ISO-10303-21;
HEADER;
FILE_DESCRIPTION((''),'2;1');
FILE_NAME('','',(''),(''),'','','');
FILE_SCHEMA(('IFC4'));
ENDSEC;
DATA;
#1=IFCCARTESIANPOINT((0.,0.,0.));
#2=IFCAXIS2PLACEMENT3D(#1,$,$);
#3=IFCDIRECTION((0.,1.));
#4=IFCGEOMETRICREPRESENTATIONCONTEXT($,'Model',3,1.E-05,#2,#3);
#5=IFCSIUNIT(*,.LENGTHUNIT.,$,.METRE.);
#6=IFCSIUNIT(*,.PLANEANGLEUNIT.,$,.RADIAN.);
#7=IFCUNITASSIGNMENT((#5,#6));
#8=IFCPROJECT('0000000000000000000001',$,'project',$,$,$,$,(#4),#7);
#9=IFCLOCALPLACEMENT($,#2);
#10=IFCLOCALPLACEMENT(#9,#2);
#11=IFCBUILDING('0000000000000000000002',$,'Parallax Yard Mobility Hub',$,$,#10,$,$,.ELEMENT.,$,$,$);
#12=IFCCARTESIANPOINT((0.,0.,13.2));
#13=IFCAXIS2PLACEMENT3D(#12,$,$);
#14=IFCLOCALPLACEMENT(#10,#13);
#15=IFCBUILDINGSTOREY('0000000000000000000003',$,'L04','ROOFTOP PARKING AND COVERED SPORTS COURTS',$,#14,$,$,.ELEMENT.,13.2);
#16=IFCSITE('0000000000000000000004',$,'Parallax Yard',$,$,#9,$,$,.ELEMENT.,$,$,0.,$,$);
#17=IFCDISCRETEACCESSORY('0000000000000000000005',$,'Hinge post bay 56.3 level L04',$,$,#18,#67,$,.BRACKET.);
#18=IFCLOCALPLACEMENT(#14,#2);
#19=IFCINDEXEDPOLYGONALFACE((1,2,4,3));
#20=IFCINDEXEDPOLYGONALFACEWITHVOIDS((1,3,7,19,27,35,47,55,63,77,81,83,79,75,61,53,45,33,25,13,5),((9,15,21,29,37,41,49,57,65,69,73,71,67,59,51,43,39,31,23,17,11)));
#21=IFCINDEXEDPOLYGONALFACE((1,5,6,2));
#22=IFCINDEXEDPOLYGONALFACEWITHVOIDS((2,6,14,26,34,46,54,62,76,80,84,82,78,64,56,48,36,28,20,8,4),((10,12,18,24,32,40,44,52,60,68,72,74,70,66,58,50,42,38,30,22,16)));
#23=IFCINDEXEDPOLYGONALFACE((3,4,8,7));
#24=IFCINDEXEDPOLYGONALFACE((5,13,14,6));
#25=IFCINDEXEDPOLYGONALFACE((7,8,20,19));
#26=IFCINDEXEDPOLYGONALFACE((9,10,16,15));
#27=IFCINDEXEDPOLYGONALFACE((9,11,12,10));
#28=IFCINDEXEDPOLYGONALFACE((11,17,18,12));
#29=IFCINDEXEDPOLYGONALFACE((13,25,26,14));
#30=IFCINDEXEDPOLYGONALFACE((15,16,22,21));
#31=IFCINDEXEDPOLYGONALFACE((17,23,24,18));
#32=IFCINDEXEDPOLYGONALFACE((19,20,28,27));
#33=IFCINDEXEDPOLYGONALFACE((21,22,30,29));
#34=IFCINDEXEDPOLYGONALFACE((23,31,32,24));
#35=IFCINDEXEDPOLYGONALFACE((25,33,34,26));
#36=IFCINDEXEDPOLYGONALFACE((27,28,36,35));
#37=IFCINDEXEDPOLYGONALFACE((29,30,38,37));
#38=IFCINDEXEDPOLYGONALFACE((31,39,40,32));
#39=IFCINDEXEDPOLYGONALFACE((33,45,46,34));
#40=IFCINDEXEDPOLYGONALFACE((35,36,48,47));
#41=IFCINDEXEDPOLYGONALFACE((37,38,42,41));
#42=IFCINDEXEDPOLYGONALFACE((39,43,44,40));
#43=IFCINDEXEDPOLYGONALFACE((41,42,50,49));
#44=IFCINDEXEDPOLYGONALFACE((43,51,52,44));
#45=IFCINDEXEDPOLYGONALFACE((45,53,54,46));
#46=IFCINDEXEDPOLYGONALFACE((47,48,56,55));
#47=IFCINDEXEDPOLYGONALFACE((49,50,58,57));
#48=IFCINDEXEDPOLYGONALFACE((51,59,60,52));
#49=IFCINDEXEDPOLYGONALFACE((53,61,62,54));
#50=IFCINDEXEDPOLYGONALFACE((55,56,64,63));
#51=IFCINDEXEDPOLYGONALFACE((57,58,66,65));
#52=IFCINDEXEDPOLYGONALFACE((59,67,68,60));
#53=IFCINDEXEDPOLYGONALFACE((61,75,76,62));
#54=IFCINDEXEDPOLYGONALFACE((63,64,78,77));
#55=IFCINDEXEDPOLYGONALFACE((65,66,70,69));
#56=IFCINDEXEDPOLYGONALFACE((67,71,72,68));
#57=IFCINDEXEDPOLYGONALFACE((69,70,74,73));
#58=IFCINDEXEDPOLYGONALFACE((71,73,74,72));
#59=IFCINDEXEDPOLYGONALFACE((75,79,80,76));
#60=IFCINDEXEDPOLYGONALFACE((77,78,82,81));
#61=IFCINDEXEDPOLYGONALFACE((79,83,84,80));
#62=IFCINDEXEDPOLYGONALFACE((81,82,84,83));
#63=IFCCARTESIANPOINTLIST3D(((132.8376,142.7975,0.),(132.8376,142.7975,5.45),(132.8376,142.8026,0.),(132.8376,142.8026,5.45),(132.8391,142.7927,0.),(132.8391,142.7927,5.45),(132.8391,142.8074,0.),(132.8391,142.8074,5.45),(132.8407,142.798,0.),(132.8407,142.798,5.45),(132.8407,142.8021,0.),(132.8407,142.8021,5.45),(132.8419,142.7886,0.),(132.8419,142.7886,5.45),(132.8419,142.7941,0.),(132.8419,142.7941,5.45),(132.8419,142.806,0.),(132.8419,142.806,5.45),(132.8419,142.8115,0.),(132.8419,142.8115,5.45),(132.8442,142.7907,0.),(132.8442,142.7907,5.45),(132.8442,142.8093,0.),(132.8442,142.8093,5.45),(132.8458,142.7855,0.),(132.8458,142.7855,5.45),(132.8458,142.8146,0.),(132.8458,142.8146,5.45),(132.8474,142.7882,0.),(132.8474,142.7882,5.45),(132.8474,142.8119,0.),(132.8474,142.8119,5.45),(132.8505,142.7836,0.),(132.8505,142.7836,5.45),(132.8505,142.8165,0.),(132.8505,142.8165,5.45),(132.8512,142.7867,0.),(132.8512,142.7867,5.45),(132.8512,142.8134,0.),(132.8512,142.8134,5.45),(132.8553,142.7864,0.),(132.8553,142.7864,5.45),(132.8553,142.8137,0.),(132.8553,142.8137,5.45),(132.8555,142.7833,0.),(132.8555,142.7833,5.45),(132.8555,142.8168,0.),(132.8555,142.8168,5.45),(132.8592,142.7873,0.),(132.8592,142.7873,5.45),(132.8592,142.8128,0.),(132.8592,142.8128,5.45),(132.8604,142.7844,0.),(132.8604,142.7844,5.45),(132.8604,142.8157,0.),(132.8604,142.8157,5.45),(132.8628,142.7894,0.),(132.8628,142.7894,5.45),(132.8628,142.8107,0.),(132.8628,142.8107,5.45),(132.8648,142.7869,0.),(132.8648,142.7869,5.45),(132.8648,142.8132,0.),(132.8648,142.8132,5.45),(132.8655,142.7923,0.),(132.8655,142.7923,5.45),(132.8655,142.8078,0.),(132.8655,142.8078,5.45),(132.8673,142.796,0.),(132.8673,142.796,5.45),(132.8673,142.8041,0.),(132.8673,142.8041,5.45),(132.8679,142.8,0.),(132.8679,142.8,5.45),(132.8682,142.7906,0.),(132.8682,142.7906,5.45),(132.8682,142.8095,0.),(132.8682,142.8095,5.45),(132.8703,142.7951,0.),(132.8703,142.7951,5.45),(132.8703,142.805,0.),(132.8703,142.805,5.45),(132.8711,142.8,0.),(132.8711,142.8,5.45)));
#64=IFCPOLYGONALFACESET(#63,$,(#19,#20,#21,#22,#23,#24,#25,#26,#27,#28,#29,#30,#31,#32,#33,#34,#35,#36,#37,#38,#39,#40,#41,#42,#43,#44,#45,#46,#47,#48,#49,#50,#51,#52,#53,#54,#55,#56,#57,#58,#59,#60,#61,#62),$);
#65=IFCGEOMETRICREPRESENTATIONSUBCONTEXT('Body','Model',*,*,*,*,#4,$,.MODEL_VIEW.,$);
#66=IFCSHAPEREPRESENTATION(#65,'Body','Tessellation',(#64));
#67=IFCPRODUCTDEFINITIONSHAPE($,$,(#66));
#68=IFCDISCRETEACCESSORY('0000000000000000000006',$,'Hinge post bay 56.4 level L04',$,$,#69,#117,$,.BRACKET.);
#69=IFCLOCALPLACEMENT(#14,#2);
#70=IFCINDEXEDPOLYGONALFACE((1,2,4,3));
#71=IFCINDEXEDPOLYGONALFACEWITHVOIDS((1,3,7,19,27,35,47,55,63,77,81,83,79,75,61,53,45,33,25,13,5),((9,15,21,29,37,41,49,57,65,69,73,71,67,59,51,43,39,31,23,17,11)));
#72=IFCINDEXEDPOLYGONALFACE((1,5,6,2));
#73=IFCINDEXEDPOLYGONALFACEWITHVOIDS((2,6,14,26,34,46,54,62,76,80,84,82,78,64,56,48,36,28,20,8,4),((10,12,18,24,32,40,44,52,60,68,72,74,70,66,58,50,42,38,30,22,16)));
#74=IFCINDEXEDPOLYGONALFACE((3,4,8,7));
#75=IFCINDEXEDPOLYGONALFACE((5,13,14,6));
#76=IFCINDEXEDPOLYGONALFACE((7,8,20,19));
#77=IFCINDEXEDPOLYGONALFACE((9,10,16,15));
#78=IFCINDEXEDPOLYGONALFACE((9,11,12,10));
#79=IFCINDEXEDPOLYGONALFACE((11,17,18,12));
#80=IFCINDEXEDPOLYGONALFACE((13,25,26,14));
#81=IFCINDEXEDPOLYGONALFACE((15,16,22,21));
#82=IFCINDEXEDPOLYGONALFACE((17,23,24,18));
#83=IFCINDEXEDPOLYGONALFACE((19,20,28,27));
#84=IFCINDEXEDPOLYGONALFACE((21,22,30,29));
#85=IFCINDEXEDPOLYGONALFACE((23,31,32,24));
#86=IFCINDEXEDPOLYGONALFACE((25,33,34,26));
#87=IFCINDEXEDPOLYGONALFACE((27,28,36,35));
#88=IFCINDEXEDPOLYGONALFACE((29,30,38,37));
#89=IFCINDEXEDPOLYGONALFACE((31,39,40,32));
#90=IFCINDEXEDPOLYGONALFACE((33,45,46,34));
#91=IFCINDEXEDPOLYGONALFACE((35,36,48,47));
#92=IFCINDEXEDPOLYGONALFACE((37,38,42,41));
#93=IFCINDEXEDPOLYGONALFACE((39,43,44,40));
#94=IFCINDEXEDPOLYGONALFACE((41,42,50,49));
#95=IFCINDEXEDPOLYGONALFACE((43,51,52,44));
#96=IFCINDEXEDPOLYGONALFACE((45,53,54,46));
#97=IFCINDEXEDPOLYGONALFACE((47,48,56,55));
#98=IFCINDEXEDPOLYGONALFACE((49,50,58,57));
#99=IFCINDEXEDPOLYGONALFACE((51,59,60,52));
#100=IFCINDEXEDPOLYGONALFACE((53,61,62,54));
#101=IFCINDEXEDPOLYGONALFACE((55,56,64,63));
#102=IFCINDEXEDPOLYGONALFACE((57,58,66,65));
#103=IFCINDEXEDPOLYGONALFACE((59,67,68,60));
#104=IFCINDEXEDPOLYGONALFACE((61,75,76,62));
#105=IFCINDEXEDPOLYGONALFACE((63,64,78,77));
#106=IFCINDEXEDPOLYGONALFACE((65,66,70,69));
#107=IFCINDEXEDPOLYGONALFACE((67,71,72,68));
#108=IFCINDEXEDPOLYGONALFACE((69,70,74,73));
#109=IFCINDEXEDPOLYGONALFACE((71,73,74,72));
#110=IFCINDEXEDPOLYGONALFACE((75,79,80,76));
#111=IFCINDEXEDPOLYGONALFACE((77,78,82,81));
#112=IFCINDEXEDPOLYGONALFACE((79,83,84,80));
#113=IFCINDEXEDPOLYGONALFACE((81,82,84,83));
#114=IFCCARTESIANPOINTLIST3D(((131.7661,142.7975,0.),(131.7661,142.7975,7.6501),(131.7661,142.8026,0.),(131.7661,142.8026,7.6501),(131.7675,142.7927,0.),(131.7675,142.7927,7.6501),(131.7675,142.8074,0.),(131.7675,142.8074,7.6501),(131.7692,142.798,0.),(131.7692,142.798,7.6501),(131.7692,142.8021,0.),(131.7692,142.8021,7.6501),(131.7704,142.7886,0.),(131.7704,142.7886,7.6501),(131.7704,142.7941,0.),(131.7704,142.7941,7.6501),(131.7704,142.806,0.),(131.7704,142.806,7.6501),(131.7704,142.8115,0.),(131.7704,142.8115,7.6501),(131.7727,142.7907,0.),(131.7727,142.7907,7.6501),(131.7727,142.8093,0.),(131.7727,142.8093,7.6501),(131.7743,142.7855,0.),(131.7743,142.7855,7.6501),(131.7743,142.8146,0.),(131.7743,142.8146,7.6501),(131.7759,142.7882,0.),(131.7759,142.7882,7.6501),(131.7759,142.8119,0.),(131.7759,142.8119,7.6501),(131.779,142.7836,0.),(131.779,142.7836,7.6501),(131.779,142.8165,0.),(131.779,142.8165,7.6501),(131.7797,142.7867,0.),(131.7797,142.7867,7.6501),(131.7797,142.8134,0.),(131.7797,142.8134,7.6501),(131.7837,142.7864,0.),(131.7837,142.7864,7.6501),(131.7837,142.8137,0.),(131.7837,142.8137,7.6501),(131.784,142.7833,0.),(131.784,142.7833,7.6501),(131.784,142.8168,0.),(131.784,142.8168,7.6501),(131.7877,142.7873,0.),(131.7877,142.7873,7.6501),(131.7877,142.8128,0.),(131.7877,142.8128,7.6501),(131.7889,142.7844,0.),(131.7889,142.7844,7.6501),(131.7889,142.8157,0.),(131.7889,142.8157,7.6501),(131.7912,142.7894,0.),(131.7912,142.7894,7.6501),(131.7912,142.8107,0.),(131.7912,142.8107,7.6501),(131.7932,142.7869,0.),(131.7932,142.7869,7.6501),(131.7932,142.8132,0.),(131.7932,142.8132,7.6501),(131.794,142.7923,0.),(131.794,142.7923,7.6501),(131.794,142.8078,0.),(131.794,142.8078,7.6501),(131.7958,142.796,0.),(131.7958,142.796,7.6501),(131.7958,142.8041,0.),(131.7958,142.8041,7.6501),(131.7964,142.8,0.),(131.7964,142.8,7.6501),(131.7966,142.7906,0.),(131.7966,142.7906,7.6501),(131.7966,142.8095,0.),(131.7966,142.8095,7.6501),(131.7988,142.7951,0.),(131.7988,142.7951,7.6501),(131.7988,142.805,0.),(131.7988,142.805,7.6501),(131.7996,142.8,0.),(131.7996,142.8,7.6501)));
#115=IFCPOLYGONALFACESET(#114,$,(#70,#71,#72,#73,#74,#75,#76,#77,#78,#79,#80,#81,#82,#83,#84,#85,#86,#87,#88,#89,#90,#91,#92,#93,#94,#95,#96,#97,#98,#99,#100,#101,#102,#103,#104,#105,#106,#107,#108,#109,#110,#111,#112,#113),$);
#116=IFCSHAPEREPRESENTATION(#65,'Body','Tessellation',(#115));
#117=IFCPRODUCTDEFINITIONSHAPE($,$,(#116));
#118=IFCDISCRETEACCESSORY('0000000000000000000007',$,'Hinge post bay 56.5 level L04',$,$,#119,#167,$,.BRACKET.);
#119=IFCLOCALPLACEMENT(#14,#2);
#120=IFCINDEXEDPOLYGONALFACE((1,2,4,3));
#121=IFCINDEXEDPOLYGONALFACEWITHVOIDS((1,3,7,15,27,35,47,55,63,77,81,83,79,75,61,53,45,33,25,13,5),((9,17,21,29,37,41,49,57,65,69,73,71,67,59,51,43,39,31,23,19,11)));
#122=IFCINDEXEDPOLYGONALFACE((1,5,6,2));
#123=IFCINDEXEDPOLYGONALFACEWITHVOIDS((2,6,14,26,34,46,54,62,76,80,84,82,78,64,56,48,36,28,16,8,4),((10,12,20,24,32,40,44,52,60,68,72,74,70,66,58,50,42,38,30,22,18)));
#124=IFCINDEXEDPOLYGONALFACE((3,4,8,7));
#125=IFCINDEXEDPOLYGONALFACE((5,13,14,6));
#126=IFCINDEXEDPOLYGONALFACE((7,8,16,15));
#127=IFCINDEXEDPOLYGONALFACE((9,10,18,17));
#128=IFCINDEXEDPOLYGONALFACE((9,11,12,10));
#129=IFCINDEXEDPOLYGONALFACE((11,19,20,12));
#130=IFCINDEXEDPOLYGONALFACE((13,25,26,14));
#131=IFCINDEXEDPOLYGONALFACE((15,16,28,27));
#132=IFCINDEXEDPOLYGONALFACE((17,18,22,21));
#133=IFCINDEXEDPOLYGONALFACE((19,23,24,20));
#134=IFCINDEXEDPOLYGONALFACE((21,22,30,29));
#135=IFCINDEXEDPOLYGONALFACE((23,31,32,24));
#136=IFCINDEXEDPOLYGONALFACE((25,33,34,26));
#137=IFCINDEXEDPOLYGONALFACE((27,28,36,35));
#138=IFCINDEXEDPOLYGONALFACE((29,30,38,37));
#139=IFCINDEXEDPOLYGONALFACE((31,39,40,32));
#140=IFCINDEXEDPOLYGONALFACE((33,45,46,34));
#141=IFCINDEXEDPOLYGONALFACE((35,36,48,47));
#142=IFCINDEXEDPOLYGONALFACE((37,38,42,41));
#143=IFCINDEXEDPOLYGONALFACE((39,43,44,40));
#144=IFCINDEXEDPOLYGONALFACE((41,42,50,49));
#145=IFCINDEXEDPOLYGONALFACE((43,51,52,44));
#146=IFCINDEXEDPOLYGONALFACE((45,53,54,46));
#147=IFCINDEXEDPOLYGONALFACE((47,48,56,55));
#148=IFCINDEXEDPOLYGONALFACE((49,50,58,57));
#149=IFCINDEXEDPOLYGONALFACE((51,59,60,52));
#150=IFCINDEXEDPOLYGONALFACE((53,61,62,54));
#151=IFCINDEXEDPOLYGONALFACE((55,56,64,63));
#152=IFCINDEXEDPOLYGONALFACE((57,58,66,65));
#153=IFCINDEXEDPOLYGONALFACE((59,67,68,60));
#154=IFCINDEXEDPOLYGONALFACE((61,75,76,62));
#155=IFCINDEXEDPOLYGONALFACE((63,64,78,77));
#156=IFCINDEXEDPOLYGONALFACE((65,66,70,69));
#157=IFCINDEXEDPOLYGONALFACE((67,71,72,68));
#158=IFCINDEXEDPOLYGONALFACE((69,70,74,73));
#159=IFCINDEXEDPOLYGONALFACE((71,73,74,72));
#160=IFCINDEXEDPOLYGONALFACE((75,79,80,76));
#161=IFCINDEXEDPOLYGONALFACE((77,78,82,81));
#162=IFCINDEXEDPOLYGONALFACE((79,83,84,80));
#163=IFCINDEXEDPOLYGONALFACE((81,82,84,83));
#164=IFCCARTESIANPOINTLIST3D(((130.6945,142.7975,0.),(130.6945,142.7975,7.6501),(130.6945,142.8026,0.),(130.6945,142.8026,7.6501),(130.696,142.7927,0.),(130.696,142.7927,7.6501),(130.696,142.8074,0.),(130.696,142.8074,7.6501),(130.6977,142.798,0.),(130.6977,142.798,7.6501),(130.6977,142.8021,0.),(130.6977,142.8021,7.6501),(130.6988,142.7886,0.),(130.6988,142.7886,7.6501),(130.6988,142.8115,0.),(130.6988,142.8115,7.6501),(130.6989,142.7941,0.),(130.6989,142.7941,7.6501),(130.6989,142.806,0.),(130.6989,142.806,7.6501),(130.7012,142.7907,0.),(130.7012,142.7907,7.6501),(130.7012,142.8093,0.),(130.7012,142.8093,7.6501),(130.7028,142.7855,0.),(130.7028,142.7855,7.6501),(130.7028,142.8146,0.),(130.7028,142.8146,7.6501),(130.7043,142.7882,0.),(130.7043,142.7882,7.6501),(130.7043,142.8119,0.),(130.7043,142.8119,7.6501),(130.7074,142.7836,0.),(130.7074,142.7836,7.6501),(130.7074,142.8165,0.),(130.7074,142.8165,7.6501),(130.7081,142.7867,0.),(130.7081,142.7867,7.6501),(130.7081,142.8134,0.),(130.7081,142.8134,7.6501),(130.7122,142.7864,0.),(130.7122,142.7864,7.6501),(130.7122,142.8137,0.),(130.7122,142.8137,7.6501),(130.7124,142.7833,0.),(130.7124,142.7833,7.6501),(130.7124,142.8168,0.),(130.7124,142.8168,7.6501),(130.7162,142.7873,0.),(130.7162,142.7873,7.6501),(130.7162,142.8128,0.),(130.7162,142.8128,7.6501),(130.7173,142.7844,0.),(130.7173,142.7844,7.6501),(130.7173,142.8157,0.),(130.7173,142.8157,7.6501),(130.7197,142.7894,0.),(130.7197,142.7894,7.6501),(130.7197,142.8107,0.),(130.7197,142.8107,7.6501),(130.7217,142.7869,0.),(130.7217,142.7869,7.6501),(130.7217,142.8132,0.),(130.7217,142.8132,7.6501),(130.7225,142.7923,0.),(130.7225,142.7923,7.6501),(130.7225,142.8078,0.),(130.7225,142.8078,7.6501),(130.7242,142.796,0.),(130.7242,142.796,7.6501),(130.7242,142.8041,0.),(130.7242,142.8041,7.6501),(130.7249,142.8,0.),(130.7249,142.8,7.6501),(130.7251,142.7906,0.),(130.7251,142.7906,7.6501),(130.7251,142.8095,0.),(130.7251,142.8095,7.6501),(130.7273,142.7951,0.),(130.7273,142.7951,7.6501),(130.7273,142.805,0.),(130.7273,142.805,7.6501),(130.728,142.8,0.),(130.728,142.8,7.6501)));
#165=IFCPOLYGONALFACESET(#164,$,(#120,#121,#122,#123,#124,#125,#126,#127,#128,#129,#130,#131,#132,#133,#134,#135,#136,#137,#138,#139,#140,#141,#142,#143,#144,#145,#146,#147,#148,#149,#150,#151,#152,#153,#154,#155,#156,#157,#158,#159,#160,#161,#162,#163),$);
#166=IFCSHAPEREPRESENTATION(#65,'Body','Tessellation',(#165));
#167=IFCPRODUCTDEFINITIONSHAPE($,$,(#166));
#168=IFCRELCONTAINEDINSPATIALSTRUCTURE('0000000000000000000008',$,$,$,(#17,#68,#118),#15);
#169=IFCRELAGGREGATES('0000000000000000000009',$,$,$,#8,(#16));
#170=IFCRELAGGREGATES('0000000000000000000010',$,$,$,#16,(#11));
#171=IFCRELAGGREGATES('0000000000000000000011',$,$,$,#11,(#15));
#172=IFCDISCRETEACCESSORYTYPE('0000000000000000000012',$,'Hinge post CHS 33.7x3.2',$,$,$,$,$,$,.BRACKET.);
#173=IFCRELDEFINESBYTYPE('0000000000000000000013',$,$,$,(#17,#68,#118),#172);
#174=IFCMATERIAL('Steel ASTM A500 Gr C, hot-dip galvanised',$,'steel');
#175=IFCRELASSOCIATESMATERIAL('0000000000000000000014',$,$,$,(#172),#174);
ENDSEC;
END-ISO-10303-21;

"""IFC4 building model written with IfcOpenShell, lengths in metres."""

from ifc_helpers import new_model, si_unit, direction, frame, origin, origin_2d, place, context, subcontext, project, spatial, hollow_circle, extrude, material, material_profile, profile_set, type_object, element, save


model = new_model("IFC4")

# Units and contexts
model_context = context("Model", 3, precision=1e-05, world=origin(), true_north=direction((0.0, 1.0)))
body_context = subcontext(model_context, "Body", "Model", "MODEL_VIEW")
ifc_project = project(units=[si_unit("LENGTHUNIT", "METRE"), si_unit("PLANEANGLEUNIT", "RADIAN")], contexts=[model_context])

# Site, building, storey
site_placement = place(None, origin())
site = spatial("IfcSite", under=ifc_project, at=site_placement, Name="Parallax Yard", CompositionType="ELEMENT", RefElevation=0.0)
building_placement = place(site_placement, origin())
building = spatial("IfcBuilding", under=site, at=building_placement, Name="Parallax Yard Mobility Hub", CompositionType="ELEMENT")
storey_placement = place(building_placement, frame((0.0, 0.0, 13.2)))
storey = spatial("IfcBuildingStorey", under=building, at=storey_placement, Name="L04", Description="ROOFTOP PARKING AND COVERED SPORTS COURTS", CompositionType="ELEMENT", Elevation=13.2)

# Discrete accessories
ifc_material_1 = material(Name="Steel ASTM A500 Gr C, hot-dip galvanised", Category="steel")
ifc_material_profile = material_profile(ifc_material_1, hollow_circle(Radius=0.0168, WallThickness=0.0032, at=origin_2d()), Name="CHS 33.7x3.2")
ifc_profile_set = profile_set([ifc_material_profile], Name="Steel ASTM A500 Gr C, hot-dip galvanised")
discrete_accessory_type_1 = type_object("IfcDiscreteAccessoryType", Name="Hinge post CHS 33.7x3.2", PredefinedType="BRACKET", material=ifc_profile_set)
for number, where, z_axis, x_axis, name in (
    (1, (132.8542, 142.8, 0.0), (0.0, 0.0, 1.0), (1.0, 0.0, 0.0), "Hinge post bay 56.3 level L04"),
):
    element("IfcDiscreteAccessory", number, at=place(storey_placement, frame(where, z_axis=z_axis, x_axis=x_axis)), inside=storey, type_object=discrete_accessory_type_1, Name=name, PredefinedType="BRACKET", context=body_context, shape_type="SweptSolid", body=[
        extrude(hollow_circle(Radius=0.0168, WallThickness=0.0032, at=origin_2d()), origin(), (0.0, 0.0, 1.0), 5.45),
    ])
for number, where, z_axis, x_axis, name in (
    (2, (131.7827, 142.8, 0.0), (0.0, 0.0, 1.0), (1.0, 0.0, 0.0), "Hinge post bay 56.4 level L04"),
    (3, (130.7112, 142.8, 0.0), (0.0, 0.0, 1.0), (1.0, 0.0, 0.0), "Hinge post bay 56.5 level L04"),
):
    element("IfcDiscreteAccessory", number, at=place(storey_placement, frame(where, z_axis=z_axis, x_axis=x_axis)), inside=storey, type_object=discrete_accessory_type_1, Name=name, PredefinedType="BRACKET", context=body_context, shape_type="SweptSolid", body=[
        extrude(hollow_circle(Radius=0.0168, WallThickness=0.0032, at=origin_2d()), origin(), (0.0, 0.0, 1.0), 7.6501),
    ])

save(model, "model.ifc")
